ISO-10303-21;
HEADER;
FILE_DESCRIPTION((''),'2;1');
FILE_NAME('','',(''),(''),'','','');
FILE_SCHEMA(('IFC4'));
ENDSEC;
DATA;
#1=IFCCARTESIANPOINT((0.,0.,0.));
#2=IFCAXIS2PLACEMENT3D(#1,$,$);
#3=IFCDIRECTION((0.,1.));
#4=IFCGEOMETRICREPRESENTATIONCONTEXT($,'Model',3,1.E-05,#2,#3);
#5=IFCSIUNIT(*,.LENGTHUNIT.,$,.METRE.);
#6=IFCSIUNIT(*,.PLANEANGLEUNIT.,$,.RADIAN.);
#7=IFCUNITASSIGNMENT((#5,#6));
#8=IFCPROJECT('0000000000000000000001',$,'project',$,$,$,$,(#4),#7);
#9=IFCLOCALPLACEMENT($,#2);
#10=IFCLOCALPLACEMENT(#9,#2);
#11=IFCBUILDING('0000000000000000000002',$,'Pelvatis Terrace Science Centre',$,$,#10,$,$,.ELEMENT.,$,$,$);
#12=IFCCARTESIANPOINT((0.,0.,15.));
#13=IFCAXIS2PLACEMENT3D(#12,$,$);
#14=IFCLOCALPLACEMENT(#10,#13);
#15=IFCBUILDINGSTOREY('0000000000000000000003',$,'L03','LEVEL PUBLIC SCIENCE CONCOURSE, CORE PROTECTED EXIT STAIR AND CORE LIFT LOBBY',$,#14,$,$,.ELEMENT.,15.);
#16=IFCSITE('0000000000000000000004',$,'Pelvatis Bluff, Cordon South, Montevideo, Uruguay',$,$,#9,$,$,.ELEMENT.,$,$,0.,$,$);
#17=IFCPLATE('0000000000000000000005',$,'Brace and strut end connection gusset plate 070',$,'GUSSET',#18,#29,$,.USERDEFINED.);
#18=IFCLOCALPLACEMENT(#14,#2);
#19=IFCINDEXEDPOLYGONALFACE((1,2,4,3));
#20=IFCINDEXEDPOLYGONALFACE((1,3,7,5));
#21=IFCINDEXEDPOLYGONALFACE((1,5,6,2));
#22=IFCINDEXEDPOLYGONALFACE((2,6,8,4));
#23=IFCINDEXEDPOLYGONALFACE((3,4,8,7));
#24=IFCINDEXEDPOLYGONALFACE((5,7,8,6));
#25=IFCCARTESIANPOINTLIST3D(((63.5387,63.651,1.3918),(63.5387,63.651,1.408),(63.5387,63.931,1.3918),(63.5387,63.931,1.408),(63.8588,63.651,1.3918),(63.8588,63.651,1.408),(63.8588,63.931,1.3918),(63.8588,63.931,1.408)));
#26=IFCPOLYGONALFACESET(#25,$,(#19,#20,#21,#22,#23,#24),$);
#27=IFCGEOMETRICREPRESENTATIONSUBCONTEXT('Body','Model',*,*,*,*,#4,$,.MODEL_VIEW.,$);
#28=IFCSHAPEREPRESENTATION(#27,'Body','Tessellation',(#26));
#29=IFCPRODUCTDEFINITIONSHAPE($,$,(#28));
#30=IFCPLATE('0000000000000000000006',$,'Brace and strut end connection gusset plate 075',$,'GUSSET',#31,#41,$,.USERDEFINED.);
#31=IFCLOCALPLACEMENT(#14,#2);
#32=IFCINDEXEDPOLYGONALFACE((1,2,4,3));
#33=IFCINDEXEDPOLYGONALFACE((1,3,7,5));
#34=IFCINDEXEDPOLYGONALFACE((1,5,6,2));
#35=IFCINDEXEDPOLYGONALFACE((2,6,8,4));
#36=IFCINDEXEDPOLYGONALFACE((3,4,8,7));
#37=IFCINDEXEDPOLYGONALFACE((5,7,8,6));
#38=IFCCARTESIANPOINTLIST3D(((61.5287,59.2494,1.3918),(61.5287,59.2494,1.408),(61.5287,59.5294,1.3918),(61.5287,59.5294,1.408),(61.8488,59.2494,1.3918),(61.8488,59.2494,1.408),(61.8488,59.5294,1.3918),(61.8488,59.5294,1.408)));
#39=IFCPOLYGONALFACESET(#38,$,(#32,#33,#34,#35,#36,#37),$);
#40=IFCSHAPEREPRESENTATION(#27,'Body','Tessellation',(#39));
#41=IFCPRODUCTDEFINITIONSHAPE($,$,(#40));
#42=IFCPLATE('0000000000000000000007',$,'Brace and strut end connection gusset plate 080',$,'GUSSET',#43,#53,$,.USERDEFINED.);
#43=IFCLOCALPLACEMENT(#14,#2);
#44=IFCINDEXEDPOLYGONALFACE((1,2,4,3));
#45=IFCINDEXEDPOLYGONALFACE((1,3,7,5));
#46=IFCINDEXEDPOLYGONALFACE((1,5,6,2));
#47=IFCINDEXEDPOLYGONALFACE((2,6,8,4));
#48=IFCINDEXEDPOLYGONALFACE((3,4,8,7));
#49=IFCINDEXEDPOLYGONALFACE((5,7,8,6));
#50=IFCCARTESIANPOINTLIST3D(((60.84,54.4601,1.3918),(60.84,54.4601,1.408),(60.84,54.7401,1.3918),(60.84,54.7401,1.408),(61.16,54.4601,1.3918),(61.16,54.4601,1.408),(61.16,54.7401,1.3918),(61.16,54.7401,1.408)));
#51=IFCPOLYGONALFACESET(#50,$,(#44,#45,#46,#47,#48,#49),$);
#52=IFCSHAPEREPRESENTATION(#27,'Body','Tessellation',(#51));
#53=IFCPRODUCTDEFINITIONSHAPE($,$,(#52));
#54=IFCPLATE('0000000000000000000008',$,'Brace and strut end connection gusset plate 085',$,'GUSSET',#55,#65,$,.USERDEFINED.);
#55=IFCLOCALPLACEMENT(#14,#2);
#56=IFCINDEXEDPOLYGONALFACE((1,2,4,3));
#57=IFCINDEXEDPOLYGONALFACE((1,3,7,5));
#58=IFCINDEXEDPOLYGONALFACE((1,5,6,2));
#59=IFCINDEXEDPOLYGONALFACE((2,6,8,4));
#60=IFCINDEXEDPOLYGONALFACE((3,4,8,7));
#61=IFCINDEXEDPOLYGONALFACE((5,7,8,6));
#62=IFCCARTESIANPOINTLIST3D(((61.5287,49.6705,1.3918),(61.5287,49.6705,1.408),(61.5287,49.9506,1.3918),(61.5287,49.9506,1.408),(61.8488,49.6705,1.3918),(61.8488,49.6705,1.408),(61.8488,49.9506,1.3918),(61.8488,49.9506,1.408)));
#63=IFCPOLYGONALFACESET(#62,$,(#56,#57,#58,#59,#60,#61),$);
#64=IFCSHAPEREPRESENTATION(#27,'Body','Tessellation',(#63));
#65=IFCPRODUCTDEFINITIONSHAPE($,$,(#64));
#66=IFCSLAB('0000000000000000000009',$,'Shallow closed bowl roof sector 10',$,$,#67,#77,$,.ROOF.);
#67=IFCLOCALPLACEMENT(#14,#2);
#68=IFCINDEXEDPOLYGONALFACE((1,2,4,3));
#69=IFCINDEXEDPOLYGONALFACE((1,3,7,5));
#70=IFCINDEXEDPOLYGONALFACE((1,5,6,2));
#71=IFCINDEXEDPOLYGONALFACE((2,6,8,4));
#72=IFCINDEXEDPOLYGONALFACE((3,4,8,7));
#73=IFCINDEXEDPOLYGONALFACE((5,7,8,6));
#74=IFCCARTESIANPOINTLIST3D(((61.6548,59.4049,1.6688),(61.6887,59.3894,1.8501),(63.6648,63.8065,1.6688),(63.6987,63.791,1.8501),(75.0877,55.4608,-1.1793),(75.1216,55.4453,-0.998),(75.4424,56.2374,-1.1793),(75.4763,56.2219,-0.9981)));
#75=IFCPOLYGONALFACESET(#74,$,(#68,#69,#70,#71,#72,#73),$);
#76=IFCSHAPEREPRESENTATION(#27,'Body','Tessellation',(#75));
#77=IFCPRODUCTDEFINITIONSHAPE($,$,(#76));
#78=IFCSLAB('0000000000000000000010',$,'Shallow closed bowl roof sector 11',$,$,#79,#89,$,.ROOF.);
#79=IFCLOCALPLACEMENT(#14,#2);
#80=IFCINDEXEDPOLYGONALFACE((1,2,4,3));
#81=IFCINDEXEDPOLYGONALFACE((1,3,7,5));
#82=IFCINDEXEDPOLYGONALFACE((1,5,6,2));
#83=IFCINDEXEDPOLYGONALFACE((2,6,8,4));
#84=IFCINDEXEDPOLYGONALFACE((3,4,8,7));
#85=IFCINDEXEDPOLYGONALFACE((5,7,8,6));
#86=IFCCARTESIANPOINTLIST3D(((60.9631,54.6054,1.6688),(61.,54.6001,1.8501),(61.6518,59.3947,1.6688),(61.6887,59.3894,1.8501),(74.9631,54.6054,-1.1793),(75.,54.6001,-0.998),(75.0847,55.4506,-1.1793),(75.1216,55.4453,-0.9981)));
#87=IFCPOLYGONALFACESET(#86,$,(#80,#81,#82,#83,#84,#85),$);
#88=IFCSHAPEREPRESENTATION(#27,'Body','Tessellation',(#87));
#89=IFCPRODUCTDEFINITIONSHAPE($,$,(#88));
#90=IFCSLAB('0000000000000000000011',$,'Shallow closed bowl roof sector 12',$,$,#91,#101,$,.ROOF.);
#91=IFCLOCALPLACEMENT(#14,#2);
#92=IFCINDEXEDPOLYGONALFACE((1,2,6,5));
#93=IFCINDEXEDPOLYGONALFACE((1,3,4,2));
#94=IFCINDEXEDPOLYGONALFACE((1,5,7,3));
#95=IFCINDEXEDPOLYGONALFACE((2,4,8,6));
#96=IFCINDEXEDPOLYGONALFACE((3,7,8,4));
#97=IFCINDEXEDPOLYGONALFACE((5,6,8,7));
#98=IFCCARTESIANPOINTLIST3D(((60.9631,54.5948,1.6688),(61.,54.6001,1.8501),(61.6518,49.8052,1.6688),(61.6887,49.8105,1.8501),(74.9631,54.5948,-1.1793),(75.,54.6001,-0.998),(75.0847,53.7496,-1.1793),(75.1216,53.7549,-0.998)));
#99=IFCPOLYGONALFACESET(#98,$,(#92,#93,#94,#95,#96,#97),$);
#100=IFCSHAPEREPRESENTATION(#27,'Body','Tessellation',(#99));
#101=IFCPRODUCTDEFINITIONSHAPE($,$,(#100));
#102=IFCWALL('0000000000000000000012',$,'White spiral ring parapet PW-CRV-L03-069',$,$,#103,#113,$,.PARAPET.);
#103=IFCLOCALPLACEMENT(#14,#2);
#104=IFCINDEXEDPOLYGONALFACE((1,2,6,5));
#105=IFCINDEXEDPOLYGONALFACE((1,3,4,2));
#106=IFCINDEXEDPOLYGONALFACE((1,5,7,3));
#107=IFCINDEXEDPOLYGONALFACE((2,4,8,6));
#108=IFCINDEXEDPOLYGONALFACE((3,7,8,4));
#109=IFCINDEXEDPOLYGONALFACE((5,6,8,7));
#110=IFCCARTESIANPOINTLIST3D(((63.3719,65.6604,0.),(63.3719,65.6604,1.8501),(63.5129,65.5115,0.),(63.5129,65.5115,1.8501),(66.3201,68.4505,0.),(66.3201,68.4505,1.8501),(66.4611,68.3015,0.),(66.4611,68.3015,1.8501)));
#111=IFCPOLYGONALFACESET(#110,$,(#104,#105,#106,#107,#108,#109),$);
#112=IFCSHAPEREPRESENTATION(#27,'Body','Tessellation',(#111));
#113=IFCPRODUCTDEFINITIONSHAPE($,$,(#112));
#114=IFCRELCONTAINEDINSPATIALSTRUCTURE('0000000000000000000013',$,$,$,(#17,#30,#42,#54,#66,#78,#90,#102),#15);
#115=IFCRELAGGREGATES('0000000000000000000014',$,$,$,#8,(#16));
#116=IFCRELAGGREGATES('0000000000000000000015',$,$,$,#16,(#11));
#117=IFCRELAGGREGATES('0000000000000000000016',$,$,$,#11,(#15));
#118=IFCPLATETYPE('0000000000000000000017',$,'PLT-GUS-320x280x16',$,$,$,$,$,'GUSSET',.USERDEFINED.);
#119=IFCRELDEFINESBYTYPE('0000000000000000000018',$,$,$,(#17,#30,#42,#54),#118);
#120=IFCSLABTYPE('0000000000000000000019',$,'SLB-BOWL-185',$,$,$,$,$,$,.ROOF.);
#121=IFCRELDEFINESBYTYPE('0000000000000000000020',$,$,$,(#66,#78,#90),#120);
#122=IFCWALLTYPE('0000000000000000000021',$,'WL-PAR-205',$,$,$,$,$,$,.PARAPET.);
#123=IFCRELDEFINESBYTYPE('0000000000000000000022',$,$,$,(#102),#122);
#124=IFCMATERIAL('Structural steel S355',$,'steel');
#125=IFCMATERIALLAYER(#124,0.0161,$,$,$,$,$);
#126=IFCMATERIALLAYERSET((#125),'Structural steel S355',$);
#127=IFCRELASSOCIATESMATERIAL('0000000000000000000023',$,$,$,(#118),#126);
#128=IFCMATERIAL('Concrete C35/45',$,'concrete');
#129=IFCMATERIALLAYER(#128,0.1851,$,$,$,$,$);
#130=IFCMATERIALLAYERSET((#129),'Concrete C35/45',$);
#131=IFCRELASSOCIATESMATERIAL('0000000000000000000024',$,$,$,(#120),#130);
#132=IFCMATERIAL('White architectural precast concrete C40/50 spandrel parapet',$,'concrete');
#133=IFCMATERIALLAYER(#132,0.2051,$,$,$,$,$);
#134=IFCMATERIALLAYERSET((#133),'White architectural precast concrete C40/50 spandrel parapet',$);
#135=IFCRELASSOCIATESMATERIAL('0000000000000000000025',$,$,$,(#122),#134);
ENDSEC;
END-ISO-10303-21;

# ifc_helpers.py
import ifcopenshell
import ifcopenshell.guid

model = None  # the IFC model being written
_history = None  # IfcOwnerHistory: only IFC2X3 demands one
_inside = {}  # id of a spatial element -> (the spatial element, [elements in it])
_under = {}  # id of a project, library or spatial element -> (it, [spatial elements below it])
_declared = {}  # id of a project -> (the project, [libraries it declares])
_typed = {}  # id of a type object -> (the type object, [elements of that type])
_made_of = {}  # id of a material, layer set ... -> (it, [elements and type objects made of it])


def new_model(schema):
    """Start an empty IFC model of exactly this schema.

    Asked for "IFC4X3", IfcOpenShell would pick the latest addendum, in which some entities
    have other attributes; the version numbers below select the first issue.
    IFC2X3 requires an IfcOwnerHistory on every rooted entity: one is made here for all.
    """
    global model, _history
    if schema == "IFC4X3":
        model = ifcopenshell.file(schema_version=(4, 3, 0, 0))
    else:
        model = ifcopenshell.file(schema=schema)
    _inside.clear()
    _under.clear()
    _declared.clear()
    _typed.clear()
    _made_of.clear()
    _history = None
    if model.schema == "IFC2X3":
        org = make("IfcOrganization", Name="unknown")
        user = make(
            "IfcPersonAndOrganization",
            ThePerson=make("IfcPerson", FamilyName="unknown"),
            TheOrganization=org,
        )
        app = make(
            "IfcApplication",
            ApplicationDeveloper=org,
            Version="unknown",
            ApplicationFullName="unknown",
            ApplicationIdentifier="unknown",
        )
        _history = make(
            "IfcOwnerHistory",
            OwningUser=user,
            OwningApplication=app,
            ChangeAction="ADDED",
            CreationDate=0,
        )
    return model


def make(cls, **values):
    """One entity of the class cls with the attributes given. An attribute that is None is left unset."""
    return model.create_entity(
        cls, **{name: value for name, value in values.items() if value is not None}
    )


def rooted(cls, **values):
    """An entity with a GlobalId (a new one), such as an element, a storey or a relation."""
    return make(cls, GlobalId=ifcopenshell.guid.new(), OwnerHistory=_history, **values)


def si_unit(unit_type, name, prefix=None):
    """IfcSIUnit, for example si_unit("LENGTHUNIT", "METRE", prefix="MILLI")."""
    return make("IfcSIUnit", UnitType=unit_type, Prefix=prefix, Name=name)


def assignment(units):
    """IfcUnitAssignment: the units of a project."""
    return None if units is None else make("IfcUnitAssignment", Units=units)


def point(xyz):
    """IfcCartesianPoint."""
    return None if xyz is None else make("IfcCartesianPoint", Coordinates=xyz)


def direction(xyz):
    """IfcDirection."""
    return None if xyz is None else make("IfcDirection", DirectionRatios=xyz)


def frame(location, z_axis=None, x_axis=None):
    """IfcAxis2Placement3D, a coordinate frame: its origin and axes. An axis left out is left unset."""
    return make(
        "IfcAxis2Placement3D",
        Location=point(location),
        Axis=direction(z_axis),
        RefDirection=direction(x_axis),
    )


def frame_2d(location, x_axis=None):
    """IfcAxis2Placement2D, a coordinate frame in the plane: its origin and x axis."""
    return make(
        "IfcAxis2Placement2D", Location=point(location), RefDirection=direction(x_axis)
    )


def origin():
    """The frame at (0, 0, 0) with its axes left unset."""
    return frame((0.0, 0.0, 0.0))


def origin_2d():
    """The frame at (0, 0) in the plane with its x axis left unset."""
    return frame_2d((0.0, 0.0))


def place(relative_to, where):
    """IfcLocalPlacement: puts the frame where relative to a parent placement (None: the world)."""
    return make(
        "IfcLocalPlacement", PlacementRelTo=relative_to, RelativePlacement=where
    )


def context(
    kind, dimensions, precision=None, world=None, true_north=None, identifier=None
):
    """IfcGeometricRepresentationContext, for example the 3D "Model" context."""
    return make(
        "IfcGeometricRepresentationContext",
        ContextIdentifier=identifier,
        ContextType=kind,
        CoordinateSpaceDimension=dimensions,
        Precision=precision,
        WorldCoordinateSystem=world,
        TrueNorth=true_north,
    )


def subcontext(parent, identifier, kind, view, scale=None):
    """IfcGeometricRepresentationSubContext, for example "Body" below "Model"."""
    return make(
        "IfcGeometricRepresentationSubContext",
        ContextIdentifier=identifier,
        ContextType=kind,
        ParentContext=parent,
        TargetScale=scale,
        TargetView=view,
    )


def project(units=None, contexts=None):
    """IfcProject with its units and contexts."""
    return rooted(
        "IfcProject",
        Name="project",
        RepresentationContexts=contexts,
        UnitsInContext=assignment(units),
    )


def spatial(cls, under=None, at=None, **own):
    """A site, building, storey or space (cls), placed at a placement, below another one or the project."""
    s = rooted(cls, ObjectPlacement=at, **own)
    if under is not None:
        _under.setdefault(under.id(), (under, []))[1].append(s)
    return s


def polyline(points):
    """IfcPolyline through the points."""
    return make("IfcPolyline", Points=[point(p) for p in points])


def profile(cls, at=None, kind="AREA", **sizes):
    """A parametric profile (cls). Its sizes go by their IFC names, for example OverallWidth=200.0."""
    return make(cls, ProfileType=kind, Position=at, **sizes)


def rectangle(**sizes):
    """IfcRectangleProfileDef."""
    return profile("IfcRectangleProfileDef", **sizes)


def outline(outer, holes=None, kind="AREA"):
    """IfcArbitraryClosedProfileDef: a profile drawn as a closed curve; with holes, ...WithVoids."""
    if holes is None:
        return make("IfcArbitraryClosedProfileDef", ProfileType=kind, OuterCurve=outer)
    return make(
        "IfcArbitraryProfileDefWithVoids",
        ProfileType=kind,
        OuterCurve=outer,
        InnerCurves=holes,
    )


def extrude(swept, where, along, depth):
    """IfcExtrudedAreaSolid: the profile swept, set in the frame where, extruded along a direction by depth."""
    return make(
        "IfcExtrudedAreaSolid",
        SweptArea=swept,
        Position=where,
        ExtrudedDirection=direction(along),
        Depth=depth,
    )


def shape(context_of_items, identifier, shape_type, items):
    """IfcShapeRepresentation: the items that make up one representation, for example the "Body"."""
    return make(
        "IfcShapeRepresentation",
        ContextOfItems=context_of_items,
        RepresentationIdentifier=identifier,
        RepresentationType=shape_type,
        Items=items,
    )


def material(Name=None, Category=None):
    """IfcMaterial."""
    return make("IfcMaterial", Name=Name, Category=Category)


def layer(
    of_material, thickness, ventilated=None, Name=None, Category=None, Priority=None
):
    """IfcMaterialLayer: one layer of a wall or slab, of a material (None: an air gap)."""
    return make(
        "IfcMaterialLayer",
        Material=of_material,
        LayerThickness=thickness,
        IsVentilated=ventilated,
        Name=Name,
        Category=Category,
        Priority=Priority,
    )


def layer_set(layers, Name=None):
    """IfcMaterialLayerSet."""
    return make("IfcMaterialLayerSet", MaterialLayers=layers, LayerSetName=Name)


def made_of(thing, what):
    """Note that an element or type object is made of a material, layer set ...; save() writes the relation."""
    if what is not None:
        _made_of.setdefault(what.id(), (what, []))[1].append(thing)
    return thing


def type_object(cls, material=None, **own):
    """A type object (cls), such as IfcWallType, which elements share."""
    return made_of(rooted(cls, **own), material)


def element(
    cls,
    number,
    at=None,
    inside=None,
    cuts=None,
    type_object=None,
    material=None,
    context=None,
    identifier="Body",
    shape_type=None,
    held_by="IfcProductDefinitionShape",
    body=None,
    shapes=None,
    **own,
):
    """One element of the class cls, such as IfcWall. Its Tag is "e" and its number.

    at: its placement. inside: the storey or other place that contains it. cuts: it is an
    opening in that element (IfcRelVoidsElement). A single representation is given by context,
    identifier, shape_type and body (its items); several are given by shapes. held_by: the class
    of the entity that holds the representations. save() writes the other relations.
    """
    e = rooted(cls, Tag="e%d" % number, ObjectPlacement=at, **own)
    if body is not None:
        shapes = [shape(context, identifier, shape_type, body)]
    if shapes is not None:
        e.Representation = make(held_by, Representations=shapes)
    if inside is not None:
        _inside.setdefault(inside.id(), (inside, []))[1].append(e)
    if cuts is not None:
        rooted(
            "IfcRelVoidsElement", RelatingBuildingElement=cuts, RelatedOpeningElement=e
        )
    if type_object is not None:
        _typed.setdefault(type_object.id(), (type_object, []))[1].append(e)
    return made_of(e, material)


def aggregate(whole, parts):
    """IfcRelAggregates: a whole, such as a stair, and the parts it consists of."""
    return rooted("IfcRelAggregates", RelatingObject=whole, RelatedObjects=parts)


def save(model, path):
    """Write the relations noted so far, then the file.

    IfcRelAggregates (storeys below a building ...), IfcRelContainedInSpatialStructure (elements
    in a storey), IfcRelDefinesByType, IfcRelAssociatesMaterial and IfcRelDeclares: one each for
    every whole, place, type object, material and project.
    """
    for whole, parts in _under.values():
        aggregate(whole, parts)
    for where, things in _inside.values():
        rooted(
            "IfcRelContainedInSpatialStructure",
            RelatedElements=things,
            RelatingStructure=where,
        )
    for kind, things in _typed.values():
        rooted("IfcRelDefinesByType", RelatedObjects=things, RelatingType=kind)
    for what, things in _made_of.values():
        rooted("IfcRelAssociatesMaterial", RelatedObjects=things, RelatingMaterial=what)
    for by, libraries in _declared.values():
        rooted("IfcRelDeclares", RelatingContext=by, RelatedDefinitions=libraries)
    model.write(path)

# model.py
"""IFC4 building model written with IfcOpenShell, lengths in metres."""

from ifc_helpers import new_model, si_unit, direction, frame, frame_2d, origin, origin_2d, place, context, subcontext, project, spatial, polyline, rectangle, outline, extrude, material, layer, layer_set, type_object, element, save


model = new_model("IFC4")

# Units and contexts
model_context = context("Model", 3, precision=1e-05, world=origin(), true_north=direction((0.0, 1.0)))
body_context = subcontext(model_context, "Body", "Model", "MODEL_VIEW")
ifc_project = project(units=[si_unit("LENGTHUNIT", "METRE"), si_unit("PLANEANGLEUNIT", "RADIAN")], contexts=[model_context])

# Site, building, storey
site_placement = place(None, origin())
site = spatial("IfcSite", under=ifc_project, at=site_placement, Name="Pelvatis Bluff, Cordon South, Montevideo, Uruguay", CompositionType="ELEMENT", RefElevation=0.0)
building_placement = place(site_placement, origin())
building = spatial("IfcBuilding", under=site, at=building_placement, Name="Pelvatis Terrace Science Centre", CompositionType="ELEMENT")
storey_placement = place(building_placement, frame((0.0, 0.0, 15.0)))
storey = spatial("IfcBuildingStorey", under=building, at=storey_placement, Name="L03", Description="LEVEL PUBLIC SCIENCE CONCOURSE, CORE PROTECTED EXIT STAIR AND CORE LIFT LOBBY", CompositionType="ELEMENT", Elevation=15.0)

# Plates
ifc_material_1 = material(Name="Structural steel S355", Category="steel")
ifc_layer_1 = layer(ifc_material_1, 0.0161)
ifc_layer_set_1 = layer_set([ifc_layer_1], Name="Structural steel S355")
plate_type_1 = type_object("IfcPlateType", Name="PLT-GUS-320x280x16", ElementType="GUSSET", PredefinedType="USERDEFINED", material=ifc_layer_set_1)
for number, where, z_axis, x_axis, name in (
    (1, (63.6987, 63.791, 1.3918), (0.0, 0.0, 1.0), (1.0, 0.0, 0.0), "Brace and strut end connection gusset plate 070"),
    (2, (61.6887, 59.3894, 1.3918), (0.0, 0.0, 1.0), (1.0, 0.0, 0.0), "Brace and strut end connection gusset plate 075"),
    (3, (61.0, 54.6001, 1.3918), (0.0, 0.0, 1.0), (1.0, 0.0, 0.0), "Brace and strut end connection gusset plate 080"),
    (4, (61.6887, 49.8105, 1.3918), (0.0, 0.0, 1.0), (1.0, 0.0, 0.0), "Brace and strut end connection gusset plate 085"),
):
    element("IfcPlate", number, at=place(storey_placement, frame(where, z_axis=z_axis, x_axis=x_axis)), inside=storey, type_object=plate_type_1, Name=name, ObjectType="GUSSET", PredefinedType="USERDEFINED", context=body_context, shape_type="SweptSolid", body=[
        extrude(rectangle(XDim=0.3201, YDim=0.28, at=origin_2d()), origin(), (0.0, 0.0, 1.0), 0.0161),
    ])

# Slabs
ifc_material_2 = material(Name="Concrete C35/45", Category="concrete")
ifc_layer_2 = layer(ifc_material_2, 0.1851)
ifc_layer_set_2 = layer_set([ifc_layer_2], Name="Concrete C35/45")
slab_type = type_object("IfcSlabType", Name="SLB-BOWL-185", PredefinedType="ROOF", material=ifc_layer_set_2)
slab_1_placement = place(storey_placement, frame((63.6987, 63.791, 1.8501), z_axis=(0.183131, -0.08363, 0.979525), x_axis=(-0.415392, -0.909643, -0.000003)))
element("IfcSlab", 5, at=slab_1_placement, inside=storey, type_object=slab_type, Name="Shallow closed bowl roof sector 10", PredefinedType="ROOF", context=body_context, shape_type="SweptSolid", body=[
    extrude(outline(polyline([(0.0, 0.0), (4.8388, 0.0), (2.8467, 14.1471), (1.9929, 14.1472), (0.0, 0.0)])), origin(), (0.0, 0.0, -1.0), 0.1851),
])
slab_2_placement = place(storey_placement, frame((61.6887, 59.3894, 1.8501), z_axis=(0.199273, -0.028658, 0.979525), x_axis=(-0.14234, -0.989818, -0.000001)))
element("IfcSlab", 6, at=slab_2_placement, inside=storey, type_object=slab_type, Name="Shallow closed bowl roof sector 11", PredefinedType="ROOF", context=body_context, shape_type="SweptSolid", body=[
    extrude(outline(polyline([(0.0, 0.0), (4.8386, 0.0), (2.8458, 14.1471), (1.9919, 14.1472), (0.0, 0.0)])), origin(), (0.0, 0.0, -1.0), 0.1851),
])
slab_3_placement = place(storey_placement, frame((61.0, 54.6001, 1.8501), z_axis=(0.199273, 0.028656, 0.979525), x_axis=(0.142333, -0.989819, 0.000001)))
element("IfcSlab", 7, at=slab_3_placement, inside=storey, type_object=slab_type, Name="Shallow closed bowl roof sector 12", PredefinedType="ROOF", context=body_context, shape_type="SweptSolid", body=[
    extrude(outline(polyline([(0.0, 0.0), (4.8388, 0.0), (2.8466, 14.1472), (1.9927, 14.1471), (0.0, 0.0)])), origin(), (0.0, 0.0, -1.0), 0.1851),
])

# Wall
ifc_material_3 = material(Name="White architectural precast concrete C40/50 spandrel parapet", Category="concrete")
ifc_layer_3 = layer(ifc_material_3, 0.2051)
ifc_layer_set_3 = layer_set([ifc_layer_3], Name="White architectural precast concrete C40/50 spandrel parapet")
wall_type = type_object("IfcWallType", Name="WL-PAR-205", PredefinedType="PARAPET", material=ifc_layer_set_3)
wall_placement = place(storey_placement, frame((66.3906, 68.376, 0.0), z_axis=(0.0, 0.0, 1.0), x_axis=(-0.726326, -0.687351, 0.0)))
element("IfcWall", 8, at=wall_placement, inside=storey, type_object=wall_type, Name="White spiral ring parapet PW-CRV-L03-069", PredefinedType="PARAPET", context=body_context, shape_type="SweptSolid", body=[
    extrude(rectangle(XDim=4.0591, YDim=0.2051, at=frame_2d((2.0295, 0.0))), origin(), (0.0, 0.0, 1.0), 1.8501),
])

save(model, "model.ifc")
